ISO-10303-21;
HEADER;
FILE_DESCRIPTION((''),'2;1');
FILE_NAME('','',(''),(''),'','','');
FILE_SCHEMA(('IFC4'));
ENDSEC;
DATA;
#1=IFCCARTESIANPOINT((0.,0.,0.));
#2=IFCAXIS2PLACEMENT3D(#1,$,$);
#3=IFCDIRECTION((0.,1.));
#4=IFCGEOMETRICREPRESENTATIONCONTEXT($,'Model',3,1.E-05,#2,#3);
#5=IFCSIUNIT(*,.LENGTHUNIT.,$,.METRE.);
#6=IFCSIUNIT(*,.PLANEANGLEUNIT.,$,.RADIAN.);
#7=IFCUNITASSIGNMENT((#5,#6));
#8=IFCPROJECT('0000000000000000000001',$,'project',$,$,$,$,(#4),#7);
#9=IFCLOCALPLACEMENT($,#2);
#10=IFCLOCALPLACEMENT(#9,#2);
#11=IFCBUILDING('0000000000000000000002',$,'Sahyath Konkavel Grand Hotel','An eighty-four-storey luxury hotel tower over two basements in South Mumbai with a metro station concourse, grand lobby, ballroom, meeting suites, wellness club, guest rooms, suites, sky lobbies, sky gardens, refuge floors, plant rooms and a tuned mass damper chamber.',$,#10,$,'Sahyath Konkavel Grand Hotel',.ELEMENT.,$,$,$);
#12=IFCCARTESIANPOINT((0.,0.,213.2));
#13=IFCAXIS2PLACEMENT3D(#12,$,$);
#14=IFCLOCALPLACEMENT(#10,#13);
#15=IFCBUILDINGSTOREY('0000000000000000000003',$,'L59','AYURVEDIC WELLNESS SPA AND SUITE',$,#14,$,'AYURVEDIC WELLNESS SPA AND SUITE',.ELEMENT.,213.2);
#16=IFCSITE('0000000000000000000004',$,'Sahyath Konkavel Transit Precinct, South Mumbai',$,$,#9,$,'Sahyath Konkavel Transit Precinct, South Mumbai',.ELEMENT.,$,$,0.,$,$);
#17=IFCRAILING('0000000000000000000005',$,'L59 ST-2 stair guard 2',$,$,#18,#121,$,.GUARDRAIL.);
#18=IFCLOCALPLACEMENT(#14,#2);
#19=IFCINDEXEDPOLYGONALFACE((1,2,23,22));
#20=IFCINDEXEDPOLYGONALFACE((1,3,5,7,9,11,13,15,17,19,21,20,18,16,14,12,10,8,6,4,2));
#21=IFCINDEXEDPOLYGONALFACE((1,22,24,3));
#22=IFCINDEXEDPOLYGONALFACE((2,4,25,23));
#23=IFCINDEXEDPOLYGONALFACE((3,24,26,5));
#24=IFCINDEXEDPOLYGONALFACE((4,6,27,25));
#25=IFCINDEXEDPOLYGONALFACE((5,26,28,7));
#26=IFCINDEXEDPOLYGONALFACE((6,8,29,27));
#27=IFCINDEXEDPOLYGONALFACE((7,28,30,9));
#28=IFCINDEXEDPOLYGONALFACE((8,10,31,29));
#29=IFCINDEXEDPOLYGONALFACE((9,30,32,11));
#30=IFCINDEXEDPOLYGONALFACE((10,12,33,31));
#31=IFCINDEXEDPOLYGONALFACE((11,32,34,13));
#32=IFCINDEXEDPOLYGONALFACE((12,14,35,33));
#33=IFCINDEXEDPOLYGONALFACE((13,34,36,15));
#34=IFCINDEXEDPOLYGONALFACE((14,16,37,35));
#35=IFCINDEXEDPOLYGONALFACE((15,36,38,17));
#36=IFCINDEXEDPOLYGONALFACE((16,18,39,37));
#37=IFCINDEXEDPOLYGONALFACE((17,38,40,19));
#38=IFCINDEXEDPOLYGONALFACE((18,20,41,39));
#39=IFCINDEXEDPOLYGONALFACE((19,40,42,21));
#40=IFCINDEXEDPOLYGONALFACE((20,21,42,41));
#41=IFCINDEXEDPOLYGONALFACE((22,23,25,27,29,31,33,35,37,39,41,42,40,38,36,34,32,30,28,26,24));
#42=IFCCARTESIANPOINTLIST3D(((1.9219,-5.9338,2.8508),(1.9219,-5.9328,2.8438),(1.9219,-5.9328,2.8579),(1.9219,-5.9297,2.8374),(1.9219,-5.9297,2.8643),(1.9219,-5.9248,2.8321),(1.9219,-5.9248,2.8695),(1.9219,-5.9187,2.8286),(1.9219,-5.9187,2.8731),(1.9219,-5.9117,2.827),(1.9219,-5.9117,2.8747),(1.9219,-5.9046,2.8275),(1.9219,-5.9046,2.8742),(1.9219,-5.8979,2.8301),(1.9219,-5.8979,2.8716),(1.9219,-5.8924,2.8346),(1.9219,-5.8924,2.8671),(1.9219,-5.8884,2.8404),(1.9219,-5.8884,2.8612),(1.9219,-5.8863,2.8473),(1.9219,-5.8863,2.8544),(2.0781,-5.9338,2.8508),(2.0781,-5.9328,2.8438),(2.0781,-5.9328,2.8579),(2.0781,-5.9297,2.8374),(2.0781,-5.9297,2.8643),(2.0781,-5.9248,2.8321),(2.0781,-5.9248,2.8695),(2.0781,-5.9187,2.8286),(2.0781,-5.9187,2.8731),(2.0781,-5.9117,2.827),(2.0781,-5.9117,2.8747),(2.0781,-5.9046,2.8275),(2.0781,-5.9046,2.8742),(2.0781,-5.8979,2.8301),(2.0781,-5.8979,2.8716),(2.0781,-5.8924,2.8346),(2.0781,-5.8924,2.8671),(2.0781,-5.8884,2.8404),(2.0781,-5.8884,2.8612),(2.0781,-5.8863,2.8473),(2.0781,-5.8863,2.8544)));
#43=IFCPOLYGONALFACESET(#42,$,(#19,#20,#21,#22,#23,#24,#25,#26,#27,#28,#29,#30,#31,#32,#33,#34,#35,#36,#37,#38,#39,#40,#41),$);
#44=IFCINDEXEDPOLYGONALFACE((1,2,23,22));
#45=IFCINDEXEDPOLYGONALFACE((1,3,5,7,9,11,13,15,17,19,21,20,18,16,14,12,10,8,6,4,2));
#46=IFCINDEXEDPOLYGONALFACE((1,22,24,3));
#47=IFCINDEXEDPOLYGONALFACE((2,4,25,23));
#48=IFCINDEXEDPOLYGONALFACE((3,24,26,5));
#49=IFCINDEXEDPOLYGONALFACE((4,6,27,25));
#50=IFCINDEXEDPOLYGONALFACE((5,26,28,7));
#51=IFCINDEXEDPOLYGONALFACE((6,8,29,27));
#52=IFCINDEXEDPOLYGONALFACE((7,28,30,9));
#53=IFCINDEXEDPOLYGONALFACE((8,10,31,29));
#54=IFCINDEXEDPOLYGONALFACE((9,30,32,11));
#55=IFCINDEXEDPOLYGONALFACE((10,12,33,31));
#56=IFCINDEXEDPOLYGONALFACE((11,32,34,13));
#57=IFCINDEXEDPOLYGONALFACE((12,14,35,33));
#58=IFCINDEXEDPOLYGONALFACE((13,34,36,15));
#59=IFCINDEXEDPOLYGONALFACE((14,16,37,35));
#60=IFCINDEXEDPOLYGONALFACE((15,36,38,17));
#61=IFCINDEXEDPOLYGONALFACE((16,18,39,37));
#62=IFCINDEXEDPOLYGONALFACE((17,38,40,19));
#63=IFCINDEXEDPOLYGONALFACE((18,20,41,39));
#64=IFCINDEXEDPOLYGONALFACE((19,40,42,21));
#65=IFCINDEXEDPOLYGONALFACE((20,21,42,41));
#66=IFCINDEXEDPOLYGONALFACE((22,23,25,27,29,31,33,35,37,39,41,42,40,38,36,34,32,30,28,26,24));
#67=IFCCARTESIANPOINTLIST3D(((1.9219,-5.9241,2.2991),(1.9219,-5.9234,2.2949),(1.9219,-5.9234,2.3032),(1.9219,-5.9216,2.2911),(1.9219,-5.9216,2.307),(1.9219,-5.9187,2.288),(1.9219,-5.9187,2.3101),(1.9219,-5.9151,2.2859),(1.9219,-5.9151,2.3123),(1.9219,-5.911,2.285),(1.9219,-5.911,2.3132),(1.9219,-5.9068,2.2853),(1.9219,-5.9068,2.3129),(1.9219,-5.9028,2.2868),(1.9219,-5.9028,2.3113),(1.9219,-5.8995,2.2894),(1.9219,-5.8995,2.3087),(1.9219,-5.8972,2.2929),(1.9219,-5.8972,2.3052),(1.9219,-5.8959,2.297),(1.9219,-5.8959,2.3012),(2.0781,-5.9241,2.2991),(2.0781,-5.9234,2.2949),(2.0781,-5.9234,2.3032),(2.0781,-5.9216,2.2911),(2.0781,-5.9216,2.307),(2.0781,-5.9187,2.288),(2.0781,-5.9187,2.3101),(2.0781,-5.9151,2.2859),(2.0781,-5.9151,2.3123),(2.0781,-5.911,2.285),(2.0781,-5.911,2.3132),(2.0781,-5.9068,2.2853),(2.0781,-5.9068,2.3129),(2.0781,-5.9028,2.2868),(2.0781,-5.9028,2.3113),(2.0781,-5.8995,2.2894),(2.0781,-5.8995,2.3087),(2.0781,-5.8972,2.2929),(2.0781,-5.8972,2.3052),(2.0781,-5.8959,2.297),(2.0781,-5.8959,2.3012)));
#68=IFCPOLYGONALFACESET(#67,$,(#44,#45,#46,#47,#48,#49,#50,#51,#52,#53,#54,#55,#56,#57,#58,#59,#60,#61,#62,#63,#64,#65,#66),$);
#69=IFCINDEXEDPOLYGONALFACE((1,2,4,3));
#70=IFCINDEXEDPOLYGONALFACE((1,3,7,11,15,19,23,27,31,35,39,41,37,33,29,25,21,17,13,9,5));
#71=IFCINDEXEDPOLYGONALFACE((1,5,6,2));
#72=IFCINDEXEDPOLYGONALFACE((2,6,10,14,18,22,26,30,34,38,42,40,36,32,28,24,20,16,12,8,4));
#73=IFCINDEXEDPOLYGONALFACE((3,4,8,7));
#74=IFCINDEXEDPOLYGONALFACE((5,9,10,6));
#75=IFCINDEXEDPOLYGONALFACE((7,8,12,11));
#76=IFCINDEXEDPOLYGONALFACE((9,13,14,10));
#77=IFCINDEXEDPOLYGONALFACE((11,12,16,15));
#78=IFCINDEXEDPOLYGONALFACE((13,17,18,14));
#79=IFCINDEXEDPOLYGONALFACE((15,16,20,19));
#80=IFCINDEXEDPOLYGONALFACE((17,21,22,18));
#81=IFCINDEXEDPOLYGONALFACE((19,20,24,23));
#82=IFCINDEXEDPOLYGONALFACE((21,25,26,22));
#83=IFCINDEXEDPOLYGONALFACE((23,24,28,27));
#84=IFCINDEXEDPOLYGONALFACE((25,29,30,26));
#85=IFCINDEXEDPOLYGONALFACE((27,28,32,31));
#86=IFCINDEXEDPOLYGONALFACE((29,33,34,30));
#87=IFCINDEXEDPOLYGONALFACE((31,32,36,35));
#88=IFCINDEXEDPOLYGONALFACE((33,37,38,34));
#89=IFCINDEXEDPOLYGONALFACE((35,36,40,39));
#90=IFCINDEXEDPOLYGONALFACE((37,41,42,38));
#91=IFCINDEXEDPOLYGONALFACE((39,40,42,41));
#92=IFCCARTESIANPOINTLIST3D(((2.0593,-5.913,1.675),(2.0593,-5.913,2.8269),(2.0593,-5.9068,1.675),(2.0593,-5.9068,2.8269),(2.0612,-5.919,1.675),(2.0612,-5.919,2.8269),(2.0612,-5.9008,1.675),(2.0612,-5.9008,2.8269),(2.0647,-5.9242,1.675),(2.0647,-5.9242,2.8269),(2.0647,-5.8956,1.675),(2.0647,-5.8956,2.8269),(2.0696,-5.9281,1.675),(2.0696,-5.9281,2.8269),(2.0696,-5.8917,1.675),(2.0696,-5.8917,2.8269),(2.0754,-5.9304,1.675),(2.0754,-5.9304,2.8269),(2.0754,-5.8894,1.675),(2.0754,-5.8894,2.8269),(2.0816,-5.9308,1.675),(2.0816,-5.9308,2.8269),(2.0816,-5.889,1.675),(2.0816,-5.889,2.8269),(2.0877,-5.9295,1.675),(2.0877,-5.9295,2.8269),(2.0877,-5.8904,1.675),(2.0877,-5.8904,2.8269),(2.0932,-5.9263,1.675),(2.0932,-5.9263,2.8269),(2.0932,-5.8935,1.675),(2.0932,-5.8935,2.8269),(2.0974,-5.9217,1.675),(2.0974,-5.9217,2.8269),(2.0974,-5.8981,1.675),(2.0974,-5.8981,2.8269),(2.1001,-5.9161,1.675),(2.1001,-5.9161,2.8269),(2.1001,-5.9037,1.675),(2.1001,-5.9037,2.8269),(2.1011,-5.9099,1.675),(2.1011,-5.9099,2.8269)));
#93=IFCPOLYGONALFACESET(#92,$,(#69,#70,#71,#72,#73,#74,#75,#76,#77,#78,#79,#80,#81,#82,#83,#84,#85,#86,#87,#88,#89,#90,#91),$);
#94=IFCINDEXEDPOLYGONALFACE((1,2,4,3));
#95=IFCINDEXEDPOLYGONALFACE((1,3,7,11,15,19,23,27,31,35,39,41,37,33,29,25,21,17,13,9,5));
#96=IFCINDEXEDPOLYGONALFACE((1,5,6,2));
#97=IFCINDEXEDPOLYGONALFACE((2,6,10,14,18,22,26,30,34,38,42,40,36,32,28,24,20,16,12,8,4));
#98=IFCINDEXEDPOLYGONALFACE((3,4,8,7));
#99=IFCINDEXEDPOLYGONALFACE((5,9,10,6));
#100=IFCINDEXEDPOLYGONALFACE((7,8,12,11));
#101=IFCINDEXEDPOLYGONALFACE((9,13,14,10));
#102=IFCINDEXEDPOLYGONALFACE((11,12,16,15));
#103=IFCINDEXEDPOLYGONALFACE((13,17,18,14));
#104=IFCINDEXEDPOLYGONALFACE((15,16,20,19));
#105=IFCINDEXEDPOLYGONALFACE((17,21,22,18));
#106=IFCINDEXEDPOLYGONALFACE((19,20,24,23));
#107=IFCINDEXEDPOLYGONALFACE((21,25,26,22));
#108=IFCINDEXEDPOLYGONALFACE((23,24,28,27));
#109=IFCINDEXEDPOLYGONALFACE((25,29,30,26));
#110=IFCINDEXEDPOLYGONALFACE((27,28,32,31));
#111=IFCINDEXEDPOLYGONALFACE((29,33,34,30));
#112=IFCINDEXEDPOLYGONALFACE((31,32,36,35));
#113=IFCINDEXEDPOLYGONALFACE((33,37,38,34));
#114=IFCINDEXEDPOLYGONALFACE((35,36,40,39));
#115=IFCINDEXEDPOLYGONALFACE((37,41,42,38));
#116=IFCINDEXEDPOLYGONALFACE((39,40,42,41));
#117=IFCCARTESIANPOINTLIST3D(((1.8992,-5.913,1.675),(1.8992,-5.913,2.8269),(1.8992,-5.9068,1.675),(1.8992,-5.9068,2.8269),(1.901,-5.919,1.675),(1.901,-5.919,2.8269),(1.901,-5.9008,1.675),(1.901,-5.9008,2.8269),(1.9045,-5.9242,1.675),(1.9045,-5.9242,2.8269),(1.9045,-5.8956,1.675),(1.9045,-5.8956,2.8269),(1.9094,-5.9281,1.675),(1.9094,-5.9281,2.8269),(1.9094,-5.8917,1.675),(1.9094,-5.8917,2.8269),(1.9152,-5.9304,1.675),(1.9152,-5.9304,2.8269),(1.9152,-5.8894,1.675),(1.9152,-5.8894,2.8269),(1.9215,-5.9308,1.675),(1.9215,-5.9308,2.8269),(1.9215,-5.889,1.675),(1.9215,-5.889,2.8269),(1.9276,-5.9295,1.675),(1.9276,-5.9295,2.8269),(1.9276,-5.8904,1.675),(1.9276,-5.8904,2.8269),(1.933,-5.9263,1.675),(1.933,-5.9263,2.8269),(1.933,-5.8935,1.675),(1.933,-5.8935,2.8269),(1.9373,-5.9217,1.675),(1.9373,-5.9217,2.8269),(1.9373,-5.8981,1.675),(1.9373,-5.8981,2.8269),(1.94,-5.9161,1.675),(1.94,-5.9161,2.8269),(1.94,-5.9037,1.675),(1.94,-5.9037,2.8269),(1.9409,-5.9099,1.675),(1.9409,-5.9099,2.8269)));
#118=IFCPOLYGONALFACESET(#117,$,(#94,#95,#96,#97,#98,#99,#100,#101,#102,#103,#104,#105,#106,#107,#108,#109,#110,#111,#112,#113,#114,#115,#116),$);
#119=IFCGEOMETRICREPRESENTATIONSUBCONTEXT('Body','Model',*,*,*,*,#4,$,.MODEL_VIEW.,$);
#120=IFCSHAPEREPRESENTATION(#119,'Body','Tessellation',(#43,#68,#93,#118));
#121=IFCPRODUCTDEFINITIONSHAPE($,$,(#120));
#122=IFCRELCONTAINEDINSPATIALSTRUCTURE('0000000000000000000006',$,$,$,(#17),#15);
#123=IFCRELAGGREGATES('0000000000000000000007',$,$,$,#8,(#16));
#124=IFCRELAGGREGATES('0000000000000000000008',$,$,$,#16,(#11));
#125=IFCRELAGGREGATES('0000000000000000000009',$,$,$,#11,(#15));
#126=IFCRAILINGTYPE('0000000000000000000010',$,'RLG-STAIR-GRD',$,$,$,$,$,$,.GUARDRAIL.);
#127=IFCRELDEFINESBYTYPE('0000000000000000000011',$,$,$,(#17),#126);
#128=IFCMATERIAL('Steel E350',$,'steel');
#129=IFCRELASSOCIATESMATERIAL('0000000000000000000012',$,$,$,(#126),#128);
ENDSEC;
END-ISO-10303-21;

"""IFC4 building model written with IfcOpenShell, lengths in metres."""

from ifc_helpers import new_model, si_unit, direction, frame, origin, origin_2d, place, context, subcontext, project, spatial, circle, extrude, material, type_object, element, save


model = new_model("IFC4")

# Units and contexts
model_context = context("Model", 3, precision=1e-05, world=origin(), true_north=direction((0.0, 1.0)))
body_context = subcontext(model_context, "Body", "Model", "MODEL_VIEW")
ifc_project = project(units=[si_unit("LENGTHUNIT", "METRE"), si_unit("PLANEANGLEUNIT", "RADIAN")], contexts=[model_context])

# Site, building, storey
site_placement = place(None, origin())
site = spatial("IfcSite", under=ifc_project, at=site_placement, Name="Sahyath Konkavel Transit Precinct, South Mumbai", LongName="Sahyath Konkavel Transit Precinct, South Mumbai", CompositionType="ELEMENT", RefElevation=0.0)
building_placement = place(site_placement, origin())
building = spatial("IfcBuilding", under=site, at=building_placement, Name="Sahyath Konkavel Grand Hotel", Description="An eighty-four-storey luxury hotel tower over two basements in South Mumbai with a metro station concourse, grand lobby, ballroom, meeting suites, wellness club, guest rooms, suites, sky lobbies, sky gardens, refuge floors, plant rooms and a tuned mass damper chamber.", LongName="Sahyath Konkavel Grand Hotel", CompositionType="ELEMENT")
storey_placement = place(building_placement, frame((0.0, 0.0, 213.2)))
storey = spatial("IfcBuildingStorey", under=building, at=storey_placement, Name="L59", Description="AYURVEDIC WELLNESS SPA AND SUITE", LongName="AYURVEDIC WELLNESS SPA AND SUITE", CompositionType="ELEMENT", Elevation=213.2)

# Shared definitions
ifc_material_1 = material(Name="Steel E350", Category="steel")

# Railing
railing_type_1 = type_object("IfcRailingType", Name="RLG-STAIR-GRD", PredefinedType="GUARDRAIL", material=ifc_material_1)
railing_1_placement = place(storey_placement, frame((2.0801, -5.9099, 1.675)))
element("IfcRailing", 1, at=railing_1_placement, inside=storey, type_object=railing_type_1, Name="L59 ST-2 stair guard 2", PredefinedType="GUARDRAIL", context=body_context, shape_type="SweptSolid", body=[
    extrude(circle(Radius=0.0239, at=origin_2d()), frame((-0.002, 0.0, 1.1758), z_axis=(-1.0, 0.0, 0.0), x_axis=(0.0, -1.0, 0.0)), (0.0, 0.0, 1.0), 0.1562),
    extrude(circle(Radius=0.0142, at=origin_2d()), frame((-0.002, 0.0, 0.624), z_axis=(-1.0, 0.0, 0.0), x_axis=(0.0, -1.0, 0.0)), (0.0, 0.0, 1.0), 0.1562),
    extrude(circle(Radius=0.021, at=origin_2d()), origin(), (0.0, 0.0, 1.0), 1.1519),
    extrude(circle(Radius=0.021, at=origin_2d()), frame((-0.1602, 0.0, 0.0)), (0.0, 0.0, 1.0), 1.1519),
])

save(model, "model.ifc")
